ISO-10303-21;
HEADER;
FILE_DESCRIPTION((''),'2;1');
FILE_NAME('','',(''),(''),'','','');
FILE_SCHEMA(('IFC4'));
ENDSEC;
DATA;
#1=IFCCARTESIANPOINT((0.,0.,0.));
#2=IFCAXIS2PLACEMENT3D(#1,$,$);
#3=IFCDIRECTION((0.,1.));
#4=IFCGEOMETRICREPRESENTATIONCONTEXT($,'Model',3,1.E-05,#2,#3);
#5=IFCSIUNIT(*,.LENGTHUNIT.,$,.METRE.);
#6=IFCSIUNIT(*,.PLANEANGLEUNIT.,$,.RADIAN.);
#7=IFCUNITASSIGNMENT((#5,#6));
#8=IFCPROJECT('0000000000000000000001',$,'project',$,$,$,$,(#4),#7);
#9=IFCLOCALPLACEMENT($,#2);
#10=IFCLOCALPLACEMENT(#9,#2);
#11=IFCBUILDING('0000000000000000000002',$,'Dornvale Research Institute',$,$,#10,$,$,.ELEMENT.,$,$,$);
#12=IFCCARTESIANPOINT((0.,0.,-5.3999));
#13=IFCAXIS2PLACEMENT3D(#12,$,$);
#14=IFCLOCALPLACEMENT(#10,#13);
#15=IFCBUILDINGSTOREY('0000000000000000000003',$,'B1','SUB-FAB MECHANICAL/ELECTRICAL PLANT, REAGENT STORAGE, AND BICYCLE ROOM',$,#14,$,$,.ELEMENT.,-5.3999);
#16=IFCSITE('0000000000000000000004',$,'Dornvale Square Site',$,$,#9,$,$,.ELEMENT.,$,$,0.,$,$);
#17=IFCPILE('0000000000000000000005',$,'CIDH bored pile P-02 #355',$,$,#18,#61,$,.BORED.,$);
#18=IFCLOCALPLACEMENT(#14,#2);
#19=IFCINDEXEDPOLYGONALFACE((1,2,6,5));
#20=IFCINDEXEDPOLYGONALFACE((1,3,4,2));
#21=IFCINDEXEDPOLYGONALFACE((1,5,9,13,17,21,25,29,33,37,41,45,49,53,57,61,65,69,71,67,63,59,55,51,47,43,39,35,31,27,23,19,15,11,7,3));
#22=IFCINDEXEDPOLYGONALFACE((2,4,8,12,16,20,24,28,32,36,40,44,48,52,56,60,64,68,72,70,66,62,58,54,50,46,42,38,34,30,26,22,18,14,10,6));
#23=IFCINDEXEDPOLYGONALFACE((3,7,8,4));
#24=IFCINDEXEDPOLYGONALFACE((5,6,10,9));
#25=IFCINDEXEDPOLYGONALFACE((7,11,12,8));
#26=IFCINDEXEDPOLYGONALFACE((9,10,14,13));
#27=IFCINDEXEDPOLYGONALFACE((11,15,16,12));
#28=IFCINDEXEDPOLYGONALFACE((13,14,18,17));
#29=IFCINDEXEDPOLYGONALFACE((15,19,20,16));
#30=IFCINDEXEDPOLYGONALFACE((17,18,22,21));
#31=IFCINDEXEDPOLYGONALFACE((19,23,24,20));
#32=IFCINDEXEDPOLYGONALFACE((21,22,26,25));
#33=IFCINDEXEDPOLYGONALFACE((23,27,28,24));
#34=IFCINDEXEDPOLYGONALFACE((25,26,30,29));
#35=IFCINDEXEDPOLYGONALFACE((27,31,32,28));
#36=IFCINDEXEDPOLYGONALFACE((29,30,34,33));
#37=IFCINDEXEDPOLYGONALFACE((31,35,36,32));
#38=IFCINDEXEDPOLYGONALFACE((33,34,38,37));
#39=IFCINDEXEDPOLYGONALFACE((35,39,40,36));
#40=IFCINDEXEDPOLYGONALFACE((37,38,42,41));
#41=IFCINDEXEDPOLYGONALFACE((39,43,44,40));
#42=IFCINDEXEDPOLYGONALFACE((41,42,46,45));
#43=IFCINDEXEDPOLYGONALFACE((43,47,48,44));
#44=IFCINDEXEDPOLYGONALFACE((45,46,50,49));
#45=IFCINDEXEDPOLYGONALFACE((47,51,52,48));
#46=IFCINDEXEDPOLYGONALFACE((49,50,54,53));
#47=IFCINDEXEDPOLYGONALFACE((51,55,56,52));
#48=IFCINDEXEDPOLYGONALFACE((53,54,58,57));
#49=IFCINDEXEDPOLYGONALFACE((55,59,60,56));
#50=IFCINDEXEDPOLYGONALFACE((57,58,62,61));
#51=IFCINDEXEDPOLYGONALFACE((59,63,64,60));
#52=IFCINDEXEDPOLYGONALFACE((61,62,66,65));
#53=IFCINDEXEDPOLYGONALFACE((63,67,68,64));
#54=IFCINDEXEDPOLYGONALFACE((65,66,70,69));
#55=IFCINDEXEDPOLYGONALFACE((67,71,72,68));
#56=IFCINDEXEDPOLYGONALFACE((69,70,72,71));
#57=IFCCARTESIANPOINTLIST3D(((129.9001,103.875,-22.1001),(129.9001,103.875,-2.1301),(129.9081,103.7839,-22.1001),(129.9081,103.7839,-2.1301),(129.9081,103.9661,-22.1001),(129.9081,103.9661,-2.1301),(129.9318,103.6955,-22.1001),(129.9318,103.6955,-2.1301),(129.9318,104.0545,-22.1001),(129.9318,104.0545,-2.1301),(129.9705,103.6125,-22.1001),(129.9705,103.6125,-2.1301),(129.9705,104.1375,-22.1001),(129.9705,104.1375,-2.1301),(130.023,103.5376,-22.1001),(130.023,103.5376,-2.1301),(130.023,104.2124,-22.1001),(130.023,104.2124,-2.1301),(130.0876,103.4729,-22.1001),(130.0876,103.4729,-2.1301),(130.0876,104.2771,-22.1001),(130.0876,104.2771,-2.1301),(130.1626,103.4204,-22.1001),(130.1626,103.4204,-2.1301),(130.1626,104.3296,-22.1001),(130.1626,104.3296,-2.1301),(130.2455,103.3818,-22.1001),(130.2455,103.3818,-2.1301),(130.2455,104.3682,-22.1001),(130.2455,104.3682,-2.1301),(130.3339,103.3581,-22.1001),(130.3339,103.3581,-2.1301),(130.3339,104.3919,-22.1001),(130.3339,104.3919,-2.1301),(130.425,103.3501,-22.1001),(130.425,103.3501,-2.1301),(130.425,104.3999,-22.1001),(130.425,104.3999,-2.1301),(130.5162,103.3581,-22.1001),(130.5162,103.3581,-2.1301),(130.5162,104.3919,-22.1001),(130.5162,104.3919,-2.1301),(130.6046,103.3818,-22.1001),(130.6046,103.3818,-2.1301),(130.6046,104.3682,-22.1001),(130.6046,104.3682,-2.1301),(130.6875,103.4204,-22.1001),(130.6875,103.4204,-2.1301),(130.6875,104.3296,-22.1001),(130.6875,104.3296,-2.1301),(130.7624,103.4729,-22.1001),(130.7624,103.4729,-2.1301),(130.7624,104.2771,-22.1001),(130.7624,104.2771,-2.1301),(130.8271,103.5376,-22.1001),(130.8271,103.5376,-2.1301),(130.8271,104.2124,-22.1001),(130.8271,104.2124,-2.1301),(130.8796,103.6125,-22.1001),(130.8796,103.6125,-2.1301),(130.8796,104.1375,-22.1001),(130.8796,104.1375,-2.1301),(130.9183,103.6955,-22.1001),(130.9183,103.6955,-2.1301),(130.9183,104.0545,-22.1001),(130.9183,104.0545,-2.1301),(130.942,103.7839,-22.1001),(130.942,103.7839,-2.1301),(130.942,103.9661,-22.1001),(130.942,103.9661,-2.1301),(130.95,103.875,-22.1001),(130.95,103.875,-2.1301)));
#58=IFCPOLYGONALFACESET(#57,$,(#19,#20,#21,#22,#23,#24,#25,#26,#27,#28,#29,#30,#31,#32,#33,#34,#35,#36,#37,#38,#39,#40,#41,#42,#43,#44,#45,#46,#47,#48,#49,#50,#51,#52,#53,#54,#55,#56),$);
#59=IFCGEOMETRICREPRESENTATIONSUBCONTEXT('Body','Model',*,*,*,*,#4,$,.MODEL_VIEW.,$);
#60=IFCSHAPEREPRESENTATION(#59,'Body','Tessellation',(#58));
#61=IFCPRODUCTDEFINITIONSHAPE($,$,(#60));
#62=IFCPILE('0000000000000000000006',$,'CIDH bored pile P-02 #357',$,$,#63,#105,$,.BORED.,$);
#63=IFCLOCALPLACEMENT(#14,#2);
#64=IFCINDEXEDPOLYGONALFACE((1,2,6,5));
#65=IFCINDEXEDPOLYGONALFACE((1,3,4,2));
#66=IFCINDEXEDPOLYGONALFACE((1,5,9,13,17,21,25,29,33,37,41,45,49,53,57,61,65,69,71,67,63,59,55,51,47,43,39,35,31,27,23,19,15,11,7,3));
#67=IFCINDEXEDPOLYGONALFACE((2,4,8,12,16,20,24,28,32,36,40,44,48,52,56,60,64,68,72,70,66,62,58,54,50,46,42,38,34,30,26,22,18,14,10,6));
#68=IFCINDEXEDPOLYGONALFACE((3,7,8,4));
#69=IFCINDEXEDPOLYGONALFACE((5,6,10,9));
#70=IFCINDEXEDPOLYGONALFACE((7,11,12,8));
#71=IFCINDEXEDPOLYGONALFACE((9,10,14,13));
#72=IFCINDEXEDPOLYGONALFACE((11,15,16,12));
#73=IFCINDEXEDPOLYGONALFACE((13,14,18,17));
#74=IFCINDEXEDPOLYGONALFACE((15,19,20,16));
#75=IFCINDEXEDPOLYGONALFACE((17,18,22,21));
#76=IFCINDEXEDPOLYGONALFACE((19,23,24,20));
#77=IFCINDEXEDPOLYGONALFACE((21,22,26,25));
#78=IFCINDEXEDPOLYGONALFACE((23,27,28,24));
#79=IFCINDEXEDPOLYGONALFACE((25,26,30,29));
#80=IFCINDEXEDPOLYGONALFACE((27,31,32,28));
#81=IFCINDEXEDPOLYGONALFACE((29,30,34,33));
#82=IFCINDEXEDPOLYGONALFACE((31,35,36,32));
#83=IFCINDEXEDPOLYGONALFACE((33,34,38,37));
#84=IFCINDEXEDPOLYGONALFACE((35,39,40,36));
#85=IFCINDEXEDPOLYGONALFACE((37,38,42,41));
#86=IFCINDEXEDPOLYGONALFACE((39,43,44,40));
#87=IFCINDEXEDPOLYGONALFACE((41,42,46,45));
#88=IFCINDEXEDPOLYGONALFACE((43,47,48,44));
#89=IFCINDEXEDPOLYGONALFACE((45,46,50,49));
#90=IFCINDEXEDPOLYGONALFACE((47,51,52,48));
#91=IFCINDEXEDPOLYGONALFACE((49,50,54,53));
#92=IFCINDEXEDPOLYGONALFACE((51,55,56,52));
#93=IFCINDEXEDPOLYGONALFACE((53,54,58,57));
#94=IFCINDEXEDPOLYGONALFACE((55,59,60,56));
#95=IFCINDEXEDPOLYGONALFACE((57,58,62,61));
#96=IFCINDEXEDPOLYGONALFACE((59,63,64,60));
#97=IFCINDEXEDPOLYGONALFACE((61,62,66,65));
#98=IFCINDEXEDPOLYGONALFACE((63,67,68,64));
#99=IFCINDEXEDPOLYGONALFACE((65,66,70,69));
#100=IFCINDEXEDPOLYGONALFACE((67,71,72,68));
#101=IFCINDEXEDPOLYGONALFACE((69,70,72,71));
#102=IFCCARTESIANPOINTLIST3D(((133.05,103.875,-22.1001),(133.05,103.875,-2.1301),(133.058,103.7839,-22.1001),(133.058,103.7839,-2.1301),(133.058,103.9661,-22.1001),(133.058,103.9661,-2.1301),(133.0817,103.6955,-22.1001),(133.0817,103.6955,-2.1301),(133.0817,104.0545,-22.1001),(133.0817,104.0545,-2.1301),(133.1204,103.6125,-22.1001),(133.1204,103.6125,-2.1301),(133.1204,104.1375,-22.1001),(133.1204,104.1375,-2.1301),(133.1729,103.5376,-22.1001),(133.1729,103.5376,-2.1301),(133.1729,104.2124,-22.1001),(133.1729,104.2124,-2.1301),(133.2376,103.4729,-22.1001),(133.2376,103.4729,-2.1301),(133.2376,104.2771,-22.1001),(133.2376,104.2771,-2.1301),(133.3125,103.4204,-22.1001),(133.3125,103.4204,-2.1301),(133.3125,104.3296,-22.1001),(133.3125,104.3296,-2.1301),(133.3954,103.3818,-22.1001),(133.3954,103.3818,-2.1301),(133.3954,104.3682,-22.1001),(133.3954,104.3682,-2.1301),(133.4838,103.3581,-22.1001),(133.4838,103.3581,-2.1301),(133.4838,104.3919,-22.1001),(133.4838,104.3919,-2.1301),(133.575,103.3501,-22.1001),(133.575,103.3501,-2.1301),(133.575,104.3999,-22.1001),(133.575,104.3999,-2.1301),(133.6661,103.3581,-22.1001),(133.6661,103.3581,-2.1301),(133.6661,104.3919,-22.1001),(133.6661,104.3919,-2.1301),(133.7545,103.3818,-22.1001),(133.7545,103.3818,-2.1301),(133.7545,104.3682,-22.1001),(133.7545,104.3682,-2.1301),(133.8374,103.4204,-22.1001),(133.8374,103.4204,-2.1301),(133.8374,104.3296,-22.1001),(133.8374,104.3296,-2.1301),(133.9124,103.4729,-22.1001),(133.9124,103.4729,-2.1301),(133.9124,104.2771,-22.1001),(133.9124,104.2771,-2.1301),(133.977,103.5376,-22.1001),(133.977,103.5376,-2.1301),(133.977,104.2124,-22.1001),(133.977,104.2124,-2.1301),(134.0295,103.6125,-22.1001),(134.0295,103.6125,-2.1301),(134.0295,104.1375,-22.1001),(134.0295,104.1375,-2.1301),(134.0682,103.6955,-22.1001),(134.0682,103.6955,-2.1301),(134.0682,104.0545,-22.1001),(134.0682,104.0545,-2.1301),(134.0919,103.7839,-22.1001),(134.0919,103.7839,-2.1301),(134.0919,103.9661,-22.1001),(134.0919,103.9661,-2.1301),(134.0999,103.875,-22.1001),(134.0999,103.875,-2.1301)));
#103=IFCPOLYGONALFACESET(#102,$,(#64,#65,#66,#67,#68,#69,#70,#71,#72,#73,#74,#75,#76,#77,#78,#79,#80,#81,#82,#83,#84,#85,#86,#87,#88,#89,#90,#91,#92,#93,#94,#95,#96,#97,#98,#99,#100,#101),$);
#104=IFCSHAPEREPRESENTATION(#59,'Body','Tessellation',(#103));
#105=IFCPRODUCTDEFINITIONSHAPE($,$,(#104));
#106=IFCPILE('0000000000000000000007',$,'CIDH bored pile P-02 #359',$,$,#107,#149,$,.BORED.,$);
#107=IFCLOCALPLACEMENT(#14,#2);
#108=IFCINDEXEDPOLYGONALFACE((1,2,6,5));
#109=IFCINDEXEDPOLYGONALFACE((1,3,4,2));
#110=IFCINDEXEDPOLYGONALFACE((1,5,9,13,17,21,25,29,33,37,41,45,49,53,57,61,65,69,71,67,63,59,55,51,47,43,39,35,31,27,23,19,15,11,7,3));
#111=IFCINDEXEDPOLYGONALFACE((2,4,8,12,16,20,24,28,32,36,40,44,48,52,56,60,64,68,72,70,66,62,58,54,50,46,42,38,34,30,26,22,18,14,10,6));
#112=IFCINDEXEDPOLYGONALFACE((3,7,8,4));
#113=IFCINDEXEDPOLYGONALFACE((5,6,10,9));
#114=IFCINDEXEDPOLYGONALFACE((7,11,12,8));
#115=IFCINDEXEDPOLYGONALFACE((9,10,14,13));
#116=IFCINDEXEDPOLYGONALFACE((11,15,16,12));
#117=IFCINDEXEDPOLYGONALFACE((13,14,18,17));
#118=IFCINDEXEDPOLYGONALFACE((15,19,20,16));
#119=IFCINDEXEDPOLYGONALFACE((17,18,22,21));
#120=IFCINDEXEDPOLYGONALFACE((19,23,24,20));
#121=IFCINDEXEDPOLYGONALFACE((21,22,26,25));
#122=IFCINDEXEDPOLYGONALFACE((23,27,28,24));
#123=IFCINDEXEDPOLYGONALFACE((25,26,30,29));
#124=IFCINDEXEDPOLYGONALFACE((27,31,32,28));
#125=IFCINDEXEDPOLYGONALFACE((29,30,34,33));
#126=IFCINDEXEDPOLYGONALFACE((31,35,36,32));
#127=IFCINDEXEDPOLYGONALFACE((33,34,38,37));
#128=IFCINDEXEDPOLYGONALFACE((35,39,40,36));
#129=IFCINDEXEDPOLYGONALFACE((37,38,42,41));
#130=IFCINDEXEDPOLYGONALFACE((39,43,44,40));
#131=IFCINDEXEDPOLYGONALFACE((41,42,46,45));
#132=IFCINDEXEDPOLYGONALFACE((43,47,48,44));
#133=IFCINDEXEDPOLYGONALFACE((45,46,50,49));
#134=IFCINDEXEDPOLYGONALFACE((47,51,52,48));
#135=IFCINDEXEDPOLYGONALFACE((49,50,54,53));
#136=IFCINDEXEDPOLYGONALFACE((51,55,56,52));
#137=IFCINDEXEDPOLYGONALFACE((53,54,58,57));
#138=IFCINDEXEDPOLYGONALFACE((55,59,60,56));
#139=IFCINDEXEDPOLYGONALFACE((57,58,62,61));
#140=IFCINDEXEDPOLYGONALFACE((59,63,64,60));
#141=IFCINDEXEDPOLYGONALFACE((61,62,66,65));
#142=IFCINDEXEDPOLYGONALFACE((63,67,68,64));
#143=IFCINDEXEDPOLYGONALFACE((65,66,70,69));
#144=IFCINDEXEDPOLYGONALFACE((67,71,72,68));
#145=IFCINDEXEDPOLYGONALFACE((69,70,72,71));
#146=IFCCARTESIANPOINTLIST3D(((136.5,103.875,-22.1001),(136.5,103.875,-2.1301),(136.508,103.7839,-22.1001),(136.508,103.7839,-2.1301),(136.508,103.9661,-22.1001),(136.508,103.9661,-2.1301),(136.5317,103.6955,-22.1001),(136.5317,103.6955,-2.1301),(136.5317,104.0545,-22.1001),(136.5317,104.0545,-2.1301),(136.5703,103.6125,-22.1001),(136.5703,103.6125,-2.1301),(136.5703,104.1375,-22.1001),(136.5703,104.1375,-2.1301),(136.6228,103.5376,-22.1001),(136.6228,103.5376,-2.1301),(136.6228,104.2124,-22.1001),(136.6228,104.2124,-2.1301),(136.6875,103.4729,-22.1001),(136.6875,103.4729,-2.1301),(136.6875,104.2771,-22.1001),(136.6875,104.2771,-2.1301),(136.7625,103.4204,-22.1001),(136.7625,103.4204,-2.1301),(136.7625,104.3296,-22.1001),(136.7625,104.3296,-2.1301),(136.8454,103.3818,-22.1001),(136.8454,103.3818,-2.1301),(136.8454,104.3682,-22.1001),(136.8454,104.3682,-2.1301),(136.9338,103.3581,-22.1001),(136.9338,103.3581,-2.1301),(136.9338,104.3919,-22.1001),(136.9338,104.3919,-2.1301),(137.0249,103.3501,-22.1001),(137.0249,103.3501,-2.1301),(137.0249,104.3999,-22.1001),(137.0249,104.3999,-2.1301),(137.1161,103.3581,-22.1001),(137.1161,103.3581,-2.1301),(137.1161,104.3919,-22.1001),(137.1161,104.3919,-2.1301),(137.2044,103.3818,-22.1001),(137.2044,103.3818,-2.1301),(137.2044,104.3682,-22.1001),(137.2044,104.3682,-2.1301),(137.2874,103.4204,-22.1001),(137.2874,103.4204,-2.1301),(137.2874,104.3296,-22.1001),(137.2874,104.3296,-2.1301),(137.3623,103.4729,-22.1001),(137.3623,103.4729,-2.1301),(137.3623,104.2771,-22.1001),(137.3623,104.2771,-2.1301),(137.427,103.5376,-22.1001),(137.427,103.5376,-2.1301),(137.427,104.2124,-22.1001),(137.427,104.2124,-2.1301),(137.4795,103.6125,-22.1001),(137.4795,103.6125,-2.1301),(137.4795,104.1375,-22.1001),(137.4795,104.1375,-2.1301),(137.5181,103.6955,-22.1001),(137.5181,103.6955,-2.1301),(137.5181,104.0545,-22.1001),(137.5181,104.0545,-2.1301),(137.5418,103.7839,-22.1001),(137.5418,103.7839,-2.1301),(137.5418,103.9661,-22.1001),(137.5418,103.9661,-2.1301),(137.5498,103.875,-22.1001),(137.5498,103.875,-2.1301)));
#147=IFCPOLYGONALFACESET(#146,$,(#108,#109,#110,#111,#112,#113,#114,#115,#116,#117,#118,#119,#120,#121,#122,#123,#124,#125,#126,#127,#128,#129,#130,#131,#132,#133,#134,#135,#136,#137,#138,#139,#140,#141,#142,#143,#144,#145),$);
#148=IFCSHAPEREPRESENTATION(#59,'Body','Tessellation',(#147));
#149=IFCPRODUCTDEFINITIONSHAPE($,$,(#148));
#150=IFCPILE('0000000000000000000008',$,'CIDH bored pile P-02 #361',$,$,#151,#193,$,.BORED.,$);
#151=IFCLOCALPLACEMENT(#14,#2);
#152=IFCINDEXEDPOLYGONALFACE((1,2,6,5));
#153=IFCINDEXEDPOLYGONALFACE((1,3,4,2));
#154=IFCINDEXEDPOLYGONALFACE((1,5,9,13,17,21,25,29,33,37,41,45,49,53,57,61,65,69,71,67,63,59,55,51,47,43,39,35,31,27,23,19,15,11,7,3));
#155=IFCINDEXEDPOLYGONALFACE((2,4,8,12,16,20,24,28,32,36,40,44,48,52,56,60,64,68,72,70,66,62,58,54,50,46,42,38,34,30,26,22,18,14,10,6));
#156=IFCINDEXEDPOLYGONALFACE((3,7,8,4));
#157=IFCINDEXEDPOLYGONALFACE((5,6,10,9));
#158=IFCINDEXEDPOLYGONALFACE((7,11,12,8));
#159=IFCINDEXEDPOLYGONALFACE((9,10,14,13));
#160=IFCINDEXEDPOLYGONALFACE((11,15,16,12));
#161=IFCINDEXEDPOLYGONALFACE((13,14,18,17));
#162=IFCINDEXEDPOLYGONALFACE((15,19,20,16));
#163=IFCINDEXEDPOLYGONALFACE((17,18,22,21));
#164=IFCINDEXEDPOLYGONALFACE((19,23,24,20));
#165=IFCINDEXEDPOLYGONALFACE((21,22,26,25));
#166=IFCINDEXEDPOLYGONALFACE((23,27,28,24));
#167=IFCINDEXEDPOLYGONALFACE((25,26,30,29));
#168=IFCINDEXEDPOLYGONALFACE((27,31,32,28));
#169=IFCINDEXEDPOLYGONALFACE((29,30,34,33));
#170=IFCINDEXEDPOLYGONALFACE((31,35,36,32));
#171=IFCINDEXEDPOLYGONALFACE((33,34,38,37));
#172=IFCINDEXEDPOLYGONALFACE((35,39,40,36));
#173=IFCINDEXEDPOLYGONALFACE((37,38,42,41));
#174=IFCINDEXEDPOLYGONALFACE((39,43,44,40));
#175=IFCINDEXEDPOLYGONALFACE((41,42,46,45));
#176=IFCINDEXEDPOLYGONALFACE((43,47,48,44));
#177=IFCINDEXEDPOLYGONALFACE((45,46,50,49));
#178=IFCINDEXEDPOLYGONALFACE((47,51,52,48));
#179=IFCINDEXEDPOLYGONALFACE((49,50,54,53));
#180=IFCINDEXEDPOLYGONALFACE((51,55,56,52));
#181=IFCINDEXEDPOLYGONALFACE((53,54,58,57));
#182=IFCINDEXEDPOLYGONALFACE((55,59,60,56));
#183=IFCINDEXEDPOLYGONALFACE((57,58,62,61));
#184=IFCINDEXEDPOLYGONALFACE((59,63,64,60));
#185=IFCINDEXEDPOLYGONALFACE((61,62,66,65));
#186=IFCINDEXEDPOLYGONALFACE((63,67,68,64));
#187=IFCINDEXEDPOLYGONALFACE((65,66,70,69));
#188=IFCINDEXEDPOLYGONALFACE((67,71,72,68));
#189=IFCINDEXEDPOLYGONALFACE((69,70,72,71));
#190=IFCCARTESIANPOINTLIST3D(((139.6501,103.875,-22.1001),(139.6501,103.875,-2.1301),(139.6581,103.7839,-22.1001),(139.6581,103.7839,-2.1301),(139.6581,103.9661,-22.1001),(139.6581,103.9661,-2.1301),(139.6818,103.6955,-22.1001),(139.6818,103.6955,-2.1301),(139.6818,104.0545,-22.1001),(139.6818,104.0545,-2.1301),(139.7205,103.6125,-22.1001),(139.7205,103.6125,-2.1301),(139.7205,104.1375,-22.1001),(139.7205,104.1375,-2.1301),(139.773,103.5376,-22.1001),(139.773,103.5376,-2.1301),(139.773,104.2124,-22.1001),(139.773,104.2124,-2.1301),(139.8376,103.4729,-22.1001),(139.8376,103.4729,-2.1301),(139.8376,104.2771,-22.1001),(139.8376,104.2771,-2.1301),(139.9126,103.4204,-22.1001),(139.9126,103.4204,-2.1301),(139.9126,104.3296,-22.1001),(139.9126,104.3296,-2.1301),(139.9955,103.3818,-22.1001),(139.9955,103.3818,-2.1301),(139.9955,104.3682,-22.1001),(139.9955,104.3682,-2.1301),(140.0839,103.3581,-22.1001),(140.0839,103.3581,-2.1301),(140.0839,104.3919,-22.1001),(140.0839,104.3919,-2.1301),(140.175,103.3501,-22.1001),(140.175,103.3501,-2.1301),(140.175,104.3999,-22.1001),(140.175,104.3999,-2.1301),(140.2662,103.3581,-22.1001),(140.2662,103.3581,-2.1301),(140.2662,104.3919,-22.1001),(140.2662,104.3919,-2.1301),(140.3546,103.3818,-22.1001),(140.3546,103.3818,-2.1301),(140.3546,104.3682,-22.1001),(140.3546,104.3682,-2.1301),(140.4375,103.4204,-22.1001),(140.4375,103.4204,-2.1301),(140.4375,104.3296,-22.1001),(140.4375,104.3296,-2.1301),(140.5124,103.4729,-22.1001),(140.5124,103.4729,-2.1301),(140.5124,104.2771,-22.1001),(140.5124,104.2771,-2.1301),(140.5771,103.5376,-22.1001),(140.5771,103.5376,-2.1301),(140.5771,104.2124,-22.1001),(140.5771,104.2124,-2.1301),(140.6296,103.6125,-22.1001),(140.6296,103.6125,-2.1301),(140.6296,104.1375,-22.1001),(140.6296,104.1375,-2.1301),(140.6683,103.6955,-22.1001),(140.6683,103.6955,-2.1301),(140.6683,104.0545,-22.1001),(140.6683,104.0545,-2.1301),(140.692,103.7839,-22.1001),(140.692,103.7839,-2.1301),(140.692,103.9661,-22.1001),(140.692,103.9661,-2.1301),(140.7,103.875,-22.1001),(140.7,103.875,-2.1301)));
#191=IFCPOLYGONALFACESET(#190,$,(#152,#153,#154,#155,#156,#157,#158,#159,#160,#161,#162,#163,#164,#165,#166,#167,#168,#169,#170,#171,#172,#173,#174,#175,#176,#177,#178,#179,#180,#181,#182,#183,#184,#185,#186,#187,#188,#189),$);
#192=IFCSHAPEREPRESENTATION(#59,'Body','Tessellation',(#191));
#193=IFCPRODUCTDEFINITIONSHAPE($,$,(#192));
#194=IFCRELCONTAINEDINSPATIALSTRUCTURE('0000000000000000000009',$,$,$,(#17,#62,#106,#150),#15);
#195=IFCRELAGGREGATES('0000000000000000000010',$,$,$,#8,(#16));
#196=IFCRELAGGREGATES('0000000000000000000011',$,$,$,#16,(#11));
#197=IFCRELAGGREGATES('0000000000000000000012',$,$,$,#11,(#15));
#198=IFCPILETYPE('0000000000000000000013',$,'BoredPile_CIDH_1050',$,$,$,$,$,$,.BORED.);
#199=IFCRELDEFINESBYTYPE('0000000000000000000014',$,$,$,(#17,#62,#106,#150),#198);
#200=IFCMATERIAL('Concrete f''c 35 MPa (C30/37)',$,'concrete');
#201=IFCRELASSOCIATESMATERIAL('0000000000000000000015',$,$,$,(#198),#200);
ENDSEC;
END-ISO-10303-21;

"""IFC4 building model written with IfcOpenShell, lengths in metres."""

from ifc_helpers import new_model, si_unit, direction, frame, origin, origin_2d, place, context, subcontext, project, spatial, circle, extrude, material, material_profile, profile_set, type_object, element, save


model = new_model("IFC4")

# Units and contexts
model_context = context("Model", 3, precision=1e-05, world=origin(), true_north=direction((0.0, 1.0)))
body_context = subcontext(model_context, "Body", "Model", "MODEL_VIEW")
ifc_project = project(units=[si_unit("LENGTHUNIT", "METRE"), si_unit("PLANEANGLEUNIT", "RADIAN")], contexts=[model_context])

# Site, building, storey
site_placement = place(None, origin())
site = spatial("IfcSite", under=ifc_project, at=site_placement, Name="Dornvale Square Site", CompositionType="ELEMENT", RefElevation=0.0)
building_placement = place(site_placement, origin())
building = spatial("IfcBuilding", under=site, at=building_placement, Name="Dornvale Research Institute", CompositionType="ELEMENT")
storey_placement = place(building_placement, frame((0.0, 0.0, -5.3999)))
storey = spatial("IfcBuildingStorey", under=building, at=storey_placement, Name="B1", Description="SUB-FAB MECHANICAL/ELECTRICAL PLANT, REAGENT STORAGE, AND BICYCLE ROOM", CompositionType="ELEMENT", Elevation=-5.3999)

# Piles
ifc_material_1 = material(Name="Concrete f'c 35 MPa (C30/37)", Category="concrete")
ifc_material_profile_1 = material_profile(ifc_material_1, circle(Radius=0.5249, at=origin_2d()), Name="CIDH PILE D1050")
ifc_profile_set_1 = profile_set([ifc_material_profile_1], Name="Concrete f'c 35 MPa (C30/37)")
pile_type = type_object("IfcPileType", Name="BoredPile_CIDH_1050", PredefinedType="BORED", material=ifc_profile_set_1)
for number, where, z_axis, x_axis, name in (
    (1, (130.425, 103.875, -2.1301), (0.0, 0.0, -1.0), (1.0, 0.0, 0.0), "CIDH bored pile P-02 #355"),
    (2, (133.575, 103.875, -2.1301), (0.0, 0.0, -1.0), (1.0, 0.0, 0.0), "CIDH bored pile P-02 #357"),
    (3, (137.0249, 103.875, -2.1301), (0.0, 0.0, -1.0), (1.0, 0.0, 0.0), "CIDH bored pile P-02 #359"),
    (4, (140.175, 103.875, -2.1301), (0.0, 0.0, -1.0), (1.0, 0.0, 0.0), "CIDH bored pile P-02 #361"),
):
    element("IfcPile", number, at=place(storey_placement, frame(where, z_axis=z_axis, x_axis=x_axis)), inside=storey, type_object=pile_type, Name=name, PredefinedType="BORED", context=body_context, shape_type="SweptSolid", body=[
        extrude(circle(Radius=0.5249, at=origin_2d()), origin(), (0.0, 0.0, 1.0), 19.97),
    ])

save(model, "model.ifc")
